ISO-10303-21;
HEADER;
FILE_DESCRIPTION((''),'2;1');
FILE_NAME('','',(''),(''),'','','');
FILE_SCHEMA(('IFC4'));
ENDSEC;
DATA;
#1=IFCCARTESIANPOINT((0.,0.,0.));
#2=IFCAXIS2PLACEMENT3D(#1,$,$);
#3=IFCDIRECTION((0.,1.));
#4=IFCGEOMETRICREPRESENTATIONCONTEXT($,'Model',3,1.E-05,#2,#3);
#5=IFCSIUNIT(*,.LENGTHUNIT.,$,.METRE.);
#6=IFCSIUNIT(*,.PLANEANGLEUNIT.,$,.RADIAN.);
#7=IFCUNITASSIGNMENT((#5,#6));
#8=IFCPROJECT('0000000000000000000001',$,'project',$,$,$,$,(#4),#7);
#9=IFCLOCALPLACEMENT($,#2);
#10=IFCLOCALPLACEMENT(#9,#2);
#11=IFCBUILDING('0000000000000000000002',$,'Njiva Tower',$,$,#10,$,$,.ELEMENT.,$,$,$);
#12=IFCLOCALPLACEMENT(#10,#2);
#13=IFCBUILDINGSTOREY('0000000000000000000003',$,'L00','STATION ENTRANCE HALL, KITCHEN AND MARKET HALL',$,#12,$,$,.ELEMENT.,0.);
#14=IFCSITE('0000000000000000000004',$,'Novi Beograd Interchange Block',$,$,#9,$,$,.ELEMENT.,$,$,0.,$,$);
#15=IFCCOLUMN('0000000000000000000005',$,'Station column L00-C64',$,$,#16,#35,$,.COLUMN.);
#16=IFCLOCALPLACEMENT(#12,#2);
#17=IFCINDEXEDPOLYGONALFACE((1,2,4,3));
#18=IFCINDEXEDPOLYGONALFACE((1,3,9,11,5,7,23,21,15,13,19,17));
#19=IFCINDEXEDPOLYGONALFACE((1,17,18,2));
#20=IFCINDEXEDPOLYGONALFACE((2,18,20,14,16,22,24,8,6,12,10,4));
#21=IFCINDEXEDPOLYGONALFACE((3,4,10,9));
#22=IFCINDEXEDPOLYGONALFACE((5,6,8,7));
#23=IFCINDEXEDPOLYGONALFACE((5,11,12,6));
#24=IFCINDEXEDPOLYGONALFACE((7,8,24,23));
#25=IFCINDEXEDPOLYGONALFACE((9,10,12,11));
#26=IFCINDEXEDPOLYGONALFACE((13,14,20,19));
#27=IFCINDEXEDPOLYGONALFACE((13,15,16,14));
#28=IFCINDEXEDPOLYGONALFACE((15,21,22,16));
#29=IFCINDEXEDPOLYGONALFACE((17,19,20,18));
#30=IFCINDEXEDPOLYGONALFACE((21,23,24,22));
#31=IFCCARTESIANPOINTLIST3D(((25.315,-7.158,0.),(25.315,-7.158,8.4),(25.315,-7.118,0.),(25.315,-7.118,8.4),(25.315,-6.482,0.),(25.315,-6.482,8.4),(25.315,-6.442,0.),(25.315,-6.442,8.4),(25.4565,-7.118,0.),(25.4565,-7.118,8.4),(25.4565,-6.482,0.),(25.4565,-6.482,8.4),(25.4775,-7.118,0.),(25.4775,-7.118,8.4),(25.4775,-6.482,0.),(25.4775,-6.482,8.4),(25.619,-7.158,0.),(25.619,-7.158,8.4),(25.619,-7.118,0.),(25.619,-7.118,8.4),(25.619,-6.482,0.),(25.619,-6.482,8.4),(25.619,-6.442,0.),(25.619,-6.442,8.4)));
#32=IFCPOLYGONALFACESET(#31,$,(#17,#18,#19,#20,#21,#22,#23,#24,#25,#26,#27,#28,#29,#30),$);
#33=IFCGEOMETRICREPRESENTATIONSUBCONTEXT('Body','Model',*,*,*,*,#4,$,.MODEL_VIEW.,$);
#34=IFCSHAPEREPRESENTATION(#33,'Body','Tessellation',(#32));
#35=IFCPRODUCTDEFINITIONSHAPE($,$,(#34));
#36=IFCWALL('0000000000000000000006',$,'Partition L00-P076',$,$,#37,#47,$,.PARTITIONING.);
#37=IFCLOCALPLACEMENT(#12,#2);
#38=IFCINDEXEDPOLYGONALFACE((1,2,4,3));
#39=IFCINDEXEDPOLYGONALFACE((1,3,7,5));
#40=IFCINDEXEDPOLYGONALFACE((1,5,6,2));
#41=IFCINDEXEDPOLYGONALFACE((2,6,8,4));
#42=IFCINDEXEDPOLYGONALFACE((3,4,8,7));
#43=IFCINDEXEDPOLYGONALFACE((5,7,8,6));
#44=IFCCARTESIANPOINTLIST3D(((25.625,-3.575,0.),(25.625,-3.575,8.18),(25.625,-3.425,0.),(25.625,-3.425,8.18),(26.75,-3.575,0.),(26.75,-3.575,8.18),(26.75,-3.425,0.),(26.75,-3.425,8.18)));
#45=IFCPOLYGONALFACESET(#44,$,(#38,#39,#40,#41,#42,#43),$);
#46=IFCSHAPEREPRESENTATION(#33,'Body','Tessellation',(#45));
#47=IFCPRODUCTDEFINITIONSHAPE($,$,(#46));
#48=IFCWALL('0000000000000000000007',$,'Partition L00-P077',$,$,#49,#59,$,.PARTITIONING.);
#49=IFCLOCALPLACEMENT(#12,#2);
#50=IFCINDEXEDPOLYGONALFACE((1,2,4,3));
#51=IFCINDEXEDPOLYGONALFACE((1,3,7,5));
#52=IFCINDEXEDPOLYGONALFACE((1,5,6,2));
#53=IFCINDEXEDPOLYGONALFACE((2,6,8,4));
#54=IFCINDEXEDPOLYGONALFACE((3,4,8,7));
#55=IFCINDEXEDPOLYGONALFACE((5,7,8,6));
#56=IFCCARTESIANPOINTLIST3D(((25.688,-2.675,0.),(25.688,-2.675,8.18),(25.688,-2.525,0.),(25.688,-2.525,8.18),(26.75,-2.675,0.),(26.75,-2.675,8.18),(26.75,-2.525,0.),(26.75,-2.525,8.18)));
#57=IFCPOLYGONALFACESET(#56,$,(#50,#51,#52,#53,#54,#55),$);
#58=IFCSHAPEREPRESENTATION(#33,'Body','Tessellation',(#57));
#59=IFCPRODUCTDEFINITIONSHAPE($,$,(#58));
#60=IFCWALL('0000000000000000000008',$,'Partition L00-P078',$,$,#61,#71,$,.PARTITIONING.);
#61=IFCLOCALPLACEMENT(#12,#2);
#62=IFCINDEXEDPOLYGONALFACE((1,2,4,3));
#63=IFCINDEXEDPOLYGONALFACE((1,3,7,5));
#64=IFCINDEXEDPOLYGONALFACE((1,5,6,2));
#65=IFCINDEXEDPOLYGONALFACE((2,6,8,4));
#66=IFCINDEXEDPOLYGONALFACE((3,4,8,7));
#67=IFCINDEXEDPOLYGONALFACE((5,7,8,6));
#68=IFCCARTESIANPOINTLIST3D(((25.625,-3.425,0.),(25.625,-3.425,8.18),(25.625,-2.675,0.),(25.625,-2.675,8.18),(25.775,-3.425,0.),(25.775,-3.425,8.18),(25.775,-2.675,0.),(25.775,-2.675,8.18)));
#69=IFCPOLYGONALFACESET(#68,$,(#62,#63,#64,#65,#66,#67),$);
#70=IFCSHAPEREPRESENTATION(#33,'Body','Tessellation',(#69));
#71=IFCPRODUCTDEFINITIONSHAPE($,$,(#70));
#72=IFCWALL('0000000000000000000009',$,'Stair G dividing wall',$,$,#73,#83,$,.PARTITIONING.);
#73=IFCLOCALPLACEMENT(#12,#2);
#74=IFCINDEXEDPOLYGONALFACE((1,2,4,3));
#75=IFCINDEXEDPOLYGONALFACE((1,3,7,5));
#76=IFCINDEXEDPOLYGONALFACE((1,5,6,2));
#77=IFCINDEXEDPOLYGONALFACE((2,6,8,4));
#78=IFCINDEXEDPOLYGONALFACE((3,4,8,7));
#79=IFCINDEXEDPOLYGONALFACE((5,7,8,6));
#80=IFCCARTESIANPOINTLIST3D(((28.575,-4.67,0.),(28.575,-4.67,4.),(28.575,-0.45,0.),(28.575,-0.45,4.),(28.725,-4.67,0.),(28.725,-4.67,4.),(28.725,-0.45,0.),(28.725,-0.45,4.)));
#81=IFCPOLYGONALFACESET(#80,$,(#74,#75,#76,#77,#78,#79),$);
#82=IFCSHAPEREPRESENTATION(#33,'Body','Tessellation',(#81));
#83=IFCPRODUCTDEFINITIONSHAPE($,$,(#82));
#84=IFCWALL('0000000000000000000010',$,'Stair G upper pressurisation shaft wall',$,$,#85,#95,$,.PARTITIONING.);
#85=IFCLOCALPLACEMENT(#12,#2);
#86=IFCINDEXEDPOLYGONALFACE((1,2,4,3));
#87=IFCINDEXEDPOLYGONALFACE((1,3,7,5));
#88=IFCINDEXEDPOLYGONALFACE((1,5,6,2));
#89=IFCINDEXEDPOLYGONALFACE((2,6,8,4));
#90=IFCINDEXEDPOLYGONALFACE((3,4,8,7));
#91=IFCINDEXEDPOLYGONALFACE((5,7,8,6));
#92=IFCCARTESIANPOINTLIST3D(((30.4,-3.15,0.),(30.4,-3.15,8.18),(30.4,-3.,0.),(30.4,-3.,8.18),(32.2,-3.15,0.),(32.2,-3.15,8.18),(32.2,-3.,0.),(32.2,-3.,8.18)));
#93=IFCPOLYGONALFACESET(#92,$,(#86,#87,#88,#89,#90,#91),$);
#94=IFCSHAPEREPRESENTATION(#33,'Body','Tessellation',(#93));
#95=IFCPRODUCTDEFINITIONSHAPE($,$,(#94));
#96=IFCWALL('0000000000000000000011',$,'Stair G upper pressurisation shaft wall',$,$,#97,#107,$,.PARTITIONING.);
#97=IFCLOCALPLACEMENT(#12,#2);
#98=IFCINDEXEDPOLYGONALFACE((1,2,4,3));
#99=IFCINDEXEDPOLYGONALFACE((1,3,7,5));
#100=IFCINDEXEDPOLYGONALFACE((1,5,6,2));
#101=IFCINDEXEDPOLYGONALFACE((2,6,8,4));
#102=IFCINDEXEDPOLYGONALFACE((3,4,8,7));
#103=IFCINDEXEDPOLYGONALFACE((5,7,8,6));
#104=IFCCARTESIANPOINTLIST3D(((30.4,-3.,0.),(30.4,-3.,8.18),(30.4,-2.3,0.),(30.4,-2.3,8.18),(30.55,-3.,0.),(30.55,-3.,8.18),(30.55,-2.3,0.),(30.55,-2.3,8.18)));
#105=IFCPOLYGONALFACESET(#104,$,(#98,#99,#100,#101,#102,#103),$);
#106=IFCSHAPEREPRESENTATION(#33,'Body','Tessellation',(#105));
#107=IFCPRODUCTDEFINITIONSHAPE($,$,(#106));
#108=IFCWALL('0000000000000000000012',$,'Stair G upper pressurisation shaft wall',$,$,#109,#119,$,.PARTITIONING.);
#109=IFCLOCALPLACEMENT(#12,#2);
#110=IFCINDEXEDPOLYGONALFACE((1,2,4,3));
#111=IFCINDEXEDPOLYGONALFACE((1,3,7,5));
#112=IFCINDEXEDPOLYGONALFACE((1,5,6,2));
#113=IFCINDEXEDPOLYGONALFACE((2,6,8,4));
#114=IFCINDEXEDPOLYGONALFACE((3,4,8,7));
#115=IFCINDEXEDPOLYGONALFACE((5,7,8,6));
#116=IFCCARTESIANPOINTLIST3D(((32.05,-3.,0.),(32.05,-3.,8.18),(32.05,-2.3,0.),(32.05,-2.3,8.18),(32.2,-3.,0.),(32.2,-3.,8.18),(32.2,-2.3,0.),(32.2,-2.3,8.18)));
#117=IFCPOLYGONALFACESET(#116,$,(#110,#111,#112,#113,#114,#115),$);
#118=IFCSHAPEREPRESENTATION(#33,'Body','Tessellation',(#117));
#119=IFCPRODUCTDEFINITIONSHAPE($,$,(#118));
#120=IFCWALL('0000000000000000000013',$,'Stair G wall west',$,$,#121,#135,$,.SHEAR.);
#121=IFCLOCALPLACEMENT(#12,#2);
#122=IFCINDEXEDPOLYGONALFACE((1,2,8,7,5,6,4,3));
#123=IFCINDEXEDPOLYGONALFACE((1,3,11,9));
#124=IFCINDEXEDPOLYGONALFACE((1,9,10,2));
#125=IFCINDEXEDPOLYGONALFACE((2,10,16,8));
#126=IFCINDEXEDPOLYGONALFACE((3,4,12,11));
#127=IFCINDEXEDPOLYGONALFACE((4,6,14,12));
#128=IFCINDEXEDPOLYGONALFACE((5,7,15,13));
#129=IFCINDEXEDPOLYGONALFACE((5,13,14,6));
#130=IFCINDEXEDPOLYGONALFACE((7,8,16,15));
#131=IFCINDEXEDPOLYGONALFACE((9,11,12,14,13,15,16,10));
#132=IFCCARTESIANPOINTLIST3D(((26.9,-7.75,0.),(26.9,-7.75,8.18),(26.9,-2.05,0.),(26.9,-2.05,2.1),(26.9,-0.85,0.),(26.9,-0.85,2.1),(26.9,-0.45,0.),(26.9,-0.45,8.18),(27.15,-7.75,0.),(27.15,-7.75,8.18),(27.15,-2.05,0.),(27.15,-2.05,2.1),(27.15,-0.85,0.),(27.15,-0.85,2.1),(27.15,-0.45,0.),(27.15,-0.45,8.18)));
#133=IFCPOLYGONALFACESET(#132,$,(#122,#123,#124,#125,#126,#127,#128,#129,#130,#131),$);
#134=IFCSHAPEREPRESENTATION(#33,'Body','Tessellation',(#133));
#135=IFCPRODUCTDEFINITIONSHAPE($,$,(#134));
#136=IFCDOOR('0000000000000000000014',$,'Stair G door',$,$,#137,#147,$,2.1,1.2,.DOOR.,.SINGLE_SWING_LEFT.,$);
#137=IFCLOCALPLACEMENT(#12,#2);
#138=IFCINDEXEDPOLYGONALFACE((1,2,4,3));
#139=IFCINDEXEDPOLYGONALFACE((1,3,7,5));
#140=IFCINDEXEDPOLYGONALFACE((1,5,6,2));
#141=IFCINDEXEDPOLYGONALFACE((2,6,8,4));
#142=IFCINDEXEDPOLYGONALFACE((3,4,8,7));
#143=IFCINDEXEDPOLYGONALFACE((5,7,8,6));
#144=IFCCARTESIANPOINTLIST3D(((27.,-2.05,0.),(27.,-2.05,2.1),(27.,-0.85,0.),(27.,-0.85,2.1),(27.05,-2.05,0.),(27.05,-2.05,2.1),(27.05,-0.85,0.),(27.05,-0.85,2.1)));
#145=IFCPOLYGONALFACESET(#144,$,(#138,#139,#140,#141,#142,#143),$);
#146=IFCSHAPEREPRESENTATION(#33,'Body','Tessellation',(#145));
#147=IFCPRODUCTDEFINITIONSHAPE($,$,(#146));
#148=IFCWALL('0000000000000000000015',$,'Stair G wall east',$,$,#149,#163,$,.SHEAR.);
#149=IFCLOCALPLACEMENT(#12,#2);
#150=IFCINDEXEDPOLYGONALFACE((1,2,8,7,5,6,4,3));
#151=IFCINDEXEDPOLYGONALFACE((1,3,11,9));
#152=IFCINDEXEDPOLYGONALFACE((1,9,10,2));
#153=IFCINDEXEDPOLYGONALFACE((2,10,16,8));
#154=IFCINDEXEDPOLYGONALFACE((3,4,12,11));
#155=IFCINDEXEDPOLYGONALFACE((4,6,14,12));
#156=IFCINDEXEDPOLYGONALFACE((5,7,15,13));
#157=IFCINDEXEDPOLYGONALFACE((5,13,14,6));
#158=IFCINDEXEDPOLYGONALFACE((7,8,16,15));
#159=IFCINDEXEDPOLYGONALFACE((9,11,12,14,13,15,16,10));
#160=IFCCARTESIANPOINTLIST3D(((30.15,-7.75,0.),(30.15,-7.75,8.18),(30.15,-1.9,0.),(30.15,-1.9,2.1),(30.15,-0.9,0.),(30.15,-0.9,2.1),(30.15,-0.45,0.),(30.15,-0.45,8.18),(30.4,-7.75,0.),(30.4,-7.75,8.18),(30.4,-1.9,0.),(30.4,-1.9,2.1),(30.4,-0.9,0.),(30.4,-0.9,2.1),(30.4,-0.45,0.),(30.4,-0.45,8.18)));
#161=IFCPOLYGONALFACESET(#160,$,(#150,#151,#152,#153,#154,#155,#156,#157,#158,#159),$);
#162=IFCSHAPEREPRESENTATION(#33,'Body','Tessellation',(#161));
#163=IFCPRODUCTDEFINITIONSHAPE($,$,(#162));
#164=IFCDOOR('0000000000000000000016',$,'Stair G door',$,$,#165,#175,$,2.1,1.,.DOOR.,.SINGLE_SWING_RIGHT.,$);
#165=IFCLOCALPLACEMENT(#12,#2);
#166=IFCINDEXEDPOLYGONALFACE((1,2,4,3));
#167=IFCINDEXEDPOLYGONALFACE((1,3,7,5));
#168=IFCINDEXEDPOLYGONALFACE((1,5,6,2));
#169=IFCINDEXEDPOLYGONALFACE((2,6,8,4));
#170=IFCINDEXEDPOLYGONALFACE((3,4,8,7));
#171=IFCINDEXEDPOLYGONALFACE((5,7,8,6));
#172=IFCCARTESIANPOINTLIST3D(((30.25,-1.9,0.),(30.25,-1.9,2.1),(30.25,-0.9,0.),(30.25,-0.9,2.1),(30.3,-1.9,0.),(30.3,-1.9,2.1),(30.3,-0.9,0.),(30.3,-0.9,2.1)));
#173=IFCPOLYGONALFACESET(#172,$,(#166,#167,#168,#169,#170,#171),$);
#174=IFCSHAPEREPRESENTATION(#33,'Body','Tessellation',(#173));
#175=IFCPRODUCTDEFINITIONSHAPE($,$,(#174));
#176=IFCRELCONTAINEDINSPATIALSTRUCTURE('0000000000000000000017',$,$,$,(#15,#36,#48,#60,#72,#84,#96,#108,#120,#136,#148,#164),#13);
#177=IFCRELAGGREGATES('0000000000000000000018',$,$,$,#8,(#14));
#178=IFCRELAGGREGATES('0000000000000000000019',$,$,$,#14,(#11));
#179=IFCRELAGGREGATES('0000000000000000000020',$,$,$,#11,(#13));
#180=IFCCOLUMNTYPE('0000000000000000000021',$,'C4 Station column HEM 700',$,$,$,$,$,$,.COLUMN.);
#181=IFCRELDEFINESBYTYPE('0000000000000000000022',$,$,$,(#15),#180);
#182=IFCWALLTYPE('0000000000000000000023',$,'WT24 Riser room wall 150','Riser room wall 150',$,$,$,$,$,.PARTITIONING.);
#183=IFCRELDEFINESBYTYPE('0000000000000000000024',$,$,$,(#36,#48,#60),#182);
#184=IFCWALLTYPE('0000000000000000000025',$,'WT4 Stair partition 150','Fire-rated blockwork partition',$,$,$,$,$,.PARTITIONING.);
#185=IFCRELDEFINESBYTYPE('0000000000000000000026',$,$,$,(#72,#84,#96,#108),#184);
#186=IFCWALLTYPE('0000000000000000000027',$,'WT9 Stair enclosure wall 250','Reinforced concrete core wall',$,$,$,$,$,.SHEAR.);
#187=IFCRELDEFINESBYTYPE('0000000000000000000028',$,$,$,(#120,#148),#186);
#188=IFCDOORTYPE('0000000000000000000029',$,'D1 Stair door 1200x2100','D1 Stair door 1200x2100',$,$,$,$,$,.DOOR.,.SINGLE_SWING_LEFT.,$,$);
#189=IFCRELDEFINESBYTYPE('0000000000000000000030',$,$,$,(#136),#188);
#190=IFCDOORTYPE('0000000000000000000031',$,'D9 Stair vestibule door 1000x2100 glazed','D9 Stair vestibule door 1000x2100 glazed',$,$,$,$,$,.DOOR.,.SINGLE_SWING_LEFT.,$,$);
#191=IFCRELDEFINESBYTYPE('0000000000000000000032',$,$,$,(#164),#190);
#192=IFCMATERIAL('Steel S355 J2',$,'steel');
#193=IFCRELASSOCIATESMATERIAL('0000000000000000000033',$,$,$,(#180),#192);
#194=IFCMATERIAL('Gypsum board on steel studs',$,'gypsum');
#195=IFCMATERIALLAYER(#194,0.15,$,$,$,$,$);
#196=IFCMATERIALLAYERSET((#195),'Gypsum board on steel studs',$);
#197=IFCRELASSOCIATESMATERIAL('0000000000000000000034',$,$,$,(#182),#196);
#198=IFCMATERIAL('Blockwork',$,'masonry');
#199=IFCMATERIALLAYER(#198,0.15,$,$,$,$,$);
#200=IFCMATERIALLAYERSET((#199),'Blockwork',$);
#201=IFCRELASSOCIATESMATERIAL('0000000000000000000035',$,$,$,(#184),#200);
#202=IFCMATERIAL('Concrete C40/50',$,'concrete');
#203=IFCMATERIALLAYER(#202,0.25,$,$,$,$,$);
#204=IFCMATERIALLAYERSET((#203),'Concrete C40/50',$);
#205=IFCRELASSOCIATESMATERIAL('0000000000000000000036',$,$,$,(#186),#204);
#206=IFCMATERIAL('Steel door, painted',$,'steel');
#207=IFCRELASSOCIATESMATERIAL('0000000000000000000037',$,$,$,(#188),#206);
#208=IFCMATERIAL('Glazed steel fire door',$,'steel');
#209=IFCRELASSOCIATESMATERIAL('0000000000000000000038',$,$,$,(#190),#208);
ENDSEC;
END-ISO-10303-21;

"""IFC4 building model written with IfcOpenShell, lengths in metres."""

from ifc_helpers import new_model, si_unit, direction, frame, frame_2d, origin, origin_2d, place, context, subcontext, project, spatial, rectangle, i_section, extrude, material, layer, layer_set, material_profile, profile_set, type_object, element, fill, save


model = new_model("IFC4")

# Units and contexts
model_context = context("Model", 3, precision=1e-05, world=origin(), true_north=direction((0.0, 1.0)))
body_context = subcontext(model_context, "Body", "Model", "MODEL_VIEW")
ifc_project = project(units=[si_unit("LENGTHUNIT", "METRE"), si_unit("PLANEANGLEUNIT", "RADIAN")], contexts=[model_context])

# Site, building, storey
site_placement = place(None, origin())
site = spatial("IfcSite", under=ifc_project, at=site_placement, Name="Novi Beograd Interchange Block", CompositionType="ELEMENT", RefElevation=0.0)
building_placement = place(site_placement, origin())
building = spatial("IfcBuilding", under=site, at=building_placement, Name="Njiva Tower", CompositionType="ELEMENT")
storey_placement = place(building_placement, origin())
storey = spatial("IfcBuildingStorey", under=building, at=storey_placement, Name="L00", Description="STATION ENTRANCE HALL, KITCHEN AND MARKET HALL", CompositionType="ELEMENT", Elevation=0.0)

# Column
ifc_material_1 = material(Name="Steel S355 J2", Category="steel")
ifc_material_profile = material_profile(ifc_material_1, i_section(OverallWidth=0.304, OverallDepth=0.716, WebThickness=0.021, FlangeThickness=0.04, at=origin_2d()), Name="HEM 700")
ifc_profile_set = profile_set([ifc_material_profile], Name="Steel S355 J2")
column_type = type_object("IfcColumnType", Name="C4 Station column HEM 700", PredefinedType="COLUMN", material=ifc_profile_set)
column_placement = place(storey_placement, frame((25.467, -6.8, 0.0), z_axis=(0.0, 0.0, 1.0), x_axis=(1.0, 0.0, 0.0)))
element("IfcColumn", 1, at=column_placement, inside=storey, type_object=column_type, Name="Station column L00-C64", PredefinedType="COLUMN", context=body_context, shape_type="SweptSolid", body=[
    extrude(i_section(OverallWidth=0.304, OverallDepth=0.716, WebThickness=0.021, FlangeThickness=0.04, at=origin_2d()), origin(), (0.0, 0.0, 1.0), 8.4),
])

# Walls
ifc_material_2 = material(Name="Gypsum board on steel studs", Category="gypsum")
ifc_layer_1 = layer(ifc_material_2, 0.15)
ifc_layer_set_1 = layer_set([ifc_layer_1], Name="Gypsum board on steel studs")
wall_type_1 = type_object("IfcWallType", Name="WT24 Riser room wall 150", Description="Riser room wall 150", PredefinedType="PARTITIONING", material=ifc_layer_set_1)
wall_1_placement = place(storey_placement, frame((25.625, -3.5, 0.0), z_axis=(0.0, 0.0, 1.0), x_axis=(1.0, 0.0, 0.0)))
element("IfcWall", 2, at=wall_1_placement, inside=storey, type_object=wall_type_1, Name="Partition L00-P076", PredefinedType="PARTITIONING", context=body_context, shape_type="SweptSolid", body=[
    extrude(rectangle(XDim=1.125, YDim=0.15, at=frame_2d((0.5625, 0.0))), origin(), (0.0, 0.0, 1.0), 8.18),
])
wall_2_placement = place(storey_placement, frame((25.688, -2.6, 0.0), z_axis=(0.0, 0.0, 1.0), x_axis=(1.0, 0.0, 0.0)))
element("IfcWall", 3, at=wall_2_placement, inside=storey, type_object=wall_type_1, Name="Partition L00-P077", PredefinedType="PARTITIONING", context=body_context, shape_type="SweptSolid", body=[
    extrude(rectangle(XDim=1.062, YDim=0.15, at=frame_2d((0.531, 0.0))), origin(), (0.0, 0.0, 1.0), 8.18),
])
wall_3_placement = place(storey_placement, frame((25.7, -3.425, 0.0), z_axis=(0.0, 0.0, 1.0), x_axis=(0.0, 1.0, 0.0)))
element("IfcWall", 4, at=wall_3_placement, inside=storey, type_object=wall_type_1, Name="Partition L00-P078", PredefinedType="PARTITIONING", context=body_context, shape_type="SweptSolid", body=[
    extrude(rectangle(XDim=0.75, YDim=0.15, at=frame_2d((0.375, 0.0))), origin(), (0.0, 0.0, 1.0), 8.18),
])
ifc_material_3 = material(Name="Blockwork", Category="masonry")
ifc_layer_2 = layer(ifc_material_3, 0.15)
ifc_layer_set_2 = layer_set([ifc_layer_2], Name="Blockwork")
wall_type_2 = type_object("IfcWallType", Name="WT4 Stair partition 150", Description="Fire-rated blockwork partition", PredefinedType="PARTITIONING", material=ifc_layer_set_2)
wall_4_placement = place(storey_placement, frame((28.65, -4.67, 0.0), z_axis=(0.0, 0.0, 1.0), x_axis=(0.0, 1.0, 0.0)))
element("IfcWall", 5, at=wall_4_placement, inside=storey, type_object=wall_type_2, Name="Stair G dividing wall", PredefinedType="PARTITIONING", context=body_context, shape_type="SweptSolid", body=[
    extrude(rectangle(XDim=4.22, YDim=0.15, at=frame_2d((2.11, 0.0))), origin(), (0.0, 0.0, 1.0), 4.0),
])
wall_5_placement = place(storey_placement, frame((30.4, -3.075, 0.0), z_axis=(0.0, 0.0, 1.0), x_axis=(1.0, 0.0, 0.0)))
element("IfcWall", 6, at=wall_5_placement, inside=storey, type_object=wall_type_2, Name="Stair G upper pressurisation shaft wall", PredefinedType="PARTITIONING", context=body_context, shape_type="SweptSolid", body=[
    extrude(rectangle(XDim=1.8, YDim=0.15, at=frame_2d((0.9, 0.0))), origin(), (0.0, 0.0, 1.0), 8.18),
])
for number, where, z_axis, x_axis, name in (
    (7, (30.475, -3.0, 0.0), (0.0, 0.0, 1.0), (0.0, 1.0, 0.0), "Stair G upper pressurisation shaft wall"),
    (8, (32.125, -3.0, 0.0), (0.0, 0.0, 1.0), (0.0, 1.0, 0.0), "Stair G upper pressurisation shaft wall"),
):
    element("IfcWall", number, at=place(storey_placement, frame(where, z_axis=z_axis, x_axis=x_axis)), inside=storey, type_object=wall_type_2, Name=name, PredefinedType="PARTITIONING", context=body_context, shape_type="SweptSolid", body=[
        extrude(rectangle(XDim=0.7, YDim=0.15, at=frame_2d((0.35, 0.0))), origin(), (0.0, 0.0, 1.0), 8.18),
    ])

# Walls, openings, doors
ifc_material_4 = material(Name="Concrete C40/50", Category="concrete")
ifc_layer_3 = layer(ifc_material_4, 0.25)
ifc_layer_set_3 = layer_set([ifc_layer_3], Name="Concrete C40/50")
wall_type_3 = type_object("IfcWallType", Name="WT9 Stair enclosure wall 250", Description="Reinforced concrete core wall", PredefinedType="SHEAR", material=ifc_layer_set_3)
wall_6_placement = place(storey_placement, frame((27.025, -7.75, 0.0), z_axis=(0.0, 0.0, 1.0), x_axis=(0.0, 1.0, 0.0)))
wall_6 = element("IfcWall", 9, at=wall_6_placement, inside=storey, type_object=wall_type_3, Name="Stair G wall west", PredefinedType="SHEAR", context=body_context, shape_type="SweptSolid", body=[
    extrude(rectangle(XDim=7.3, YDim=0.25, at=frame_2d((3.65, 0.0))), origin(), (0.0, 0.0, 1.0), 8.18),
])
opening_1_placement = place(wall_6_placement, frame((5.7, 0.0, 0.0)))
opening_1 = element("IfcOpeningElement", 10, at=opening_1_placement, cuts=wall_6, PredefinedType="OPENING", context=body_context, shape_type="SweptSolid", body=[
    extrude(rectangle(XDim=1.2, YDim=2.1, at=frame_2d((0.6, 1.05))), frame((0.0, 0.135, 0.0), z_axis=(0.0, -1.0, 0.0), x_axis=(1.0, 0.0, 0.0)), (0.0, 0.0, 1.0), 0.27),
])
ifc_material_5 = material(Name="Steel door, painted", Category="steel")
door_type_1 = type_object("IfcDoorType", Name="D1 Stair door 1200x2100", Description="D1 Stair door 1200x2100", OperationType="SINGLE_SWING_LEFT", PredefinedType="DOOR", material=ifc_material_5)
door_1_placement = place(opening_1_placement, origin())
door_1 = element("IfcDoor", 11, at=door_1_placement, inside=storey, type_object=door_type_1, Name="Stair G door", OperationType="SINGLE_SWING_LEFT", OverallHeight=2.1, OverallWidth=1.2, PredefinedType="DOOR", context=body_context, shape_type="SweptSolid", body=[
    extrude(rectangle(XDim=1.2, YDim=2.1, at=frame_2d((0.6, 1.05))), frame((0.0, 0.025, 0.0), z_axis=(0.0, -1.0, 0.0), x_axis=(1.0, 0.0, 0.0)), (0.0, 0.0, 1.0), 0.05),
])
fill(opening_1, door_1)
wall_7_placement = place(storey_placement, frame((30.275, -7.75, 0.0), z_axis=(0.0, 0.0, 1.0), x_axis=(0.0, 1.0, 0.0)))
wall_7 = element("IfcWall", 12, at=wall_7_placement, inside=storey, type_object=wall_type_3, Name="Stair G wall east", PredefinedType="SHEAR", context=body_context, shape_type="SweptSolid", body=[
    extrude(rectangle(XDim=7.3, YDim=0.25, at=frame_2d((3.65, 0.0))), origin(), (0.0, 0.0, 1.0), 8.18),
])
opening_2_placement = place(wall_7_placement, frame((5.85, 0.0, 0.0)))
opening_2 = element("IfcOpeningElement", 13, at=opening_2_placement, cuts=wall_7, PredefinedType="OPENING", context=body_context, shape_type="SweptSolid", body=[
    extrude(rectangle(XDim=1.0, YDim=2.1, at=frame_2d((0.5, 1.05))), frame((0.0, 0.135, 0.0), z_axis=(0.0, -1.0, 0.0), x_axis=(1.0, 0.0, 0.0)), (0.0, 0.0, 1.0), 0.27),
])
ifc_material_6 = material(Name="Glazed steel fire door", Category="steel")
door_type_2 = type_object("IfcDoorType", Name="D9 Stair vestibule door 1000x2100 glazed", Description="D9 Stair vestibule door 1000x2100 glazed", OperationType="SINGLE_SWING_LEFT", PredefinedType="DOOR", material=ifc_material_6)
door_2_placement = place(opening_2_placement, origin())
door_2 = element("IfcDoor", 14, at=door_2_placement, inside=storey, type_object=door_type_2, Name="Stair G door", OperationType="SINGLE_SWING_RIGHT", OverallHeight=2.1, OverallWidth=1.0, PredefinedType="DOOR", context=body_context, shape_type="SweptSolid", body=[
    extrude(rectangle(XDim=1.0, YDim=2.1, at=frame_2d((0.5, 1.05))), frame((0.0, 0.025, 0.0), z_axis=(0.0, -1.0, 0.0), x_axis=(1.0, 0.0, 0.0)), (0.0, 0.0, 1.0), 0.05),
])
fill(opening_2, door_2)

save(model, "model.ifc")
